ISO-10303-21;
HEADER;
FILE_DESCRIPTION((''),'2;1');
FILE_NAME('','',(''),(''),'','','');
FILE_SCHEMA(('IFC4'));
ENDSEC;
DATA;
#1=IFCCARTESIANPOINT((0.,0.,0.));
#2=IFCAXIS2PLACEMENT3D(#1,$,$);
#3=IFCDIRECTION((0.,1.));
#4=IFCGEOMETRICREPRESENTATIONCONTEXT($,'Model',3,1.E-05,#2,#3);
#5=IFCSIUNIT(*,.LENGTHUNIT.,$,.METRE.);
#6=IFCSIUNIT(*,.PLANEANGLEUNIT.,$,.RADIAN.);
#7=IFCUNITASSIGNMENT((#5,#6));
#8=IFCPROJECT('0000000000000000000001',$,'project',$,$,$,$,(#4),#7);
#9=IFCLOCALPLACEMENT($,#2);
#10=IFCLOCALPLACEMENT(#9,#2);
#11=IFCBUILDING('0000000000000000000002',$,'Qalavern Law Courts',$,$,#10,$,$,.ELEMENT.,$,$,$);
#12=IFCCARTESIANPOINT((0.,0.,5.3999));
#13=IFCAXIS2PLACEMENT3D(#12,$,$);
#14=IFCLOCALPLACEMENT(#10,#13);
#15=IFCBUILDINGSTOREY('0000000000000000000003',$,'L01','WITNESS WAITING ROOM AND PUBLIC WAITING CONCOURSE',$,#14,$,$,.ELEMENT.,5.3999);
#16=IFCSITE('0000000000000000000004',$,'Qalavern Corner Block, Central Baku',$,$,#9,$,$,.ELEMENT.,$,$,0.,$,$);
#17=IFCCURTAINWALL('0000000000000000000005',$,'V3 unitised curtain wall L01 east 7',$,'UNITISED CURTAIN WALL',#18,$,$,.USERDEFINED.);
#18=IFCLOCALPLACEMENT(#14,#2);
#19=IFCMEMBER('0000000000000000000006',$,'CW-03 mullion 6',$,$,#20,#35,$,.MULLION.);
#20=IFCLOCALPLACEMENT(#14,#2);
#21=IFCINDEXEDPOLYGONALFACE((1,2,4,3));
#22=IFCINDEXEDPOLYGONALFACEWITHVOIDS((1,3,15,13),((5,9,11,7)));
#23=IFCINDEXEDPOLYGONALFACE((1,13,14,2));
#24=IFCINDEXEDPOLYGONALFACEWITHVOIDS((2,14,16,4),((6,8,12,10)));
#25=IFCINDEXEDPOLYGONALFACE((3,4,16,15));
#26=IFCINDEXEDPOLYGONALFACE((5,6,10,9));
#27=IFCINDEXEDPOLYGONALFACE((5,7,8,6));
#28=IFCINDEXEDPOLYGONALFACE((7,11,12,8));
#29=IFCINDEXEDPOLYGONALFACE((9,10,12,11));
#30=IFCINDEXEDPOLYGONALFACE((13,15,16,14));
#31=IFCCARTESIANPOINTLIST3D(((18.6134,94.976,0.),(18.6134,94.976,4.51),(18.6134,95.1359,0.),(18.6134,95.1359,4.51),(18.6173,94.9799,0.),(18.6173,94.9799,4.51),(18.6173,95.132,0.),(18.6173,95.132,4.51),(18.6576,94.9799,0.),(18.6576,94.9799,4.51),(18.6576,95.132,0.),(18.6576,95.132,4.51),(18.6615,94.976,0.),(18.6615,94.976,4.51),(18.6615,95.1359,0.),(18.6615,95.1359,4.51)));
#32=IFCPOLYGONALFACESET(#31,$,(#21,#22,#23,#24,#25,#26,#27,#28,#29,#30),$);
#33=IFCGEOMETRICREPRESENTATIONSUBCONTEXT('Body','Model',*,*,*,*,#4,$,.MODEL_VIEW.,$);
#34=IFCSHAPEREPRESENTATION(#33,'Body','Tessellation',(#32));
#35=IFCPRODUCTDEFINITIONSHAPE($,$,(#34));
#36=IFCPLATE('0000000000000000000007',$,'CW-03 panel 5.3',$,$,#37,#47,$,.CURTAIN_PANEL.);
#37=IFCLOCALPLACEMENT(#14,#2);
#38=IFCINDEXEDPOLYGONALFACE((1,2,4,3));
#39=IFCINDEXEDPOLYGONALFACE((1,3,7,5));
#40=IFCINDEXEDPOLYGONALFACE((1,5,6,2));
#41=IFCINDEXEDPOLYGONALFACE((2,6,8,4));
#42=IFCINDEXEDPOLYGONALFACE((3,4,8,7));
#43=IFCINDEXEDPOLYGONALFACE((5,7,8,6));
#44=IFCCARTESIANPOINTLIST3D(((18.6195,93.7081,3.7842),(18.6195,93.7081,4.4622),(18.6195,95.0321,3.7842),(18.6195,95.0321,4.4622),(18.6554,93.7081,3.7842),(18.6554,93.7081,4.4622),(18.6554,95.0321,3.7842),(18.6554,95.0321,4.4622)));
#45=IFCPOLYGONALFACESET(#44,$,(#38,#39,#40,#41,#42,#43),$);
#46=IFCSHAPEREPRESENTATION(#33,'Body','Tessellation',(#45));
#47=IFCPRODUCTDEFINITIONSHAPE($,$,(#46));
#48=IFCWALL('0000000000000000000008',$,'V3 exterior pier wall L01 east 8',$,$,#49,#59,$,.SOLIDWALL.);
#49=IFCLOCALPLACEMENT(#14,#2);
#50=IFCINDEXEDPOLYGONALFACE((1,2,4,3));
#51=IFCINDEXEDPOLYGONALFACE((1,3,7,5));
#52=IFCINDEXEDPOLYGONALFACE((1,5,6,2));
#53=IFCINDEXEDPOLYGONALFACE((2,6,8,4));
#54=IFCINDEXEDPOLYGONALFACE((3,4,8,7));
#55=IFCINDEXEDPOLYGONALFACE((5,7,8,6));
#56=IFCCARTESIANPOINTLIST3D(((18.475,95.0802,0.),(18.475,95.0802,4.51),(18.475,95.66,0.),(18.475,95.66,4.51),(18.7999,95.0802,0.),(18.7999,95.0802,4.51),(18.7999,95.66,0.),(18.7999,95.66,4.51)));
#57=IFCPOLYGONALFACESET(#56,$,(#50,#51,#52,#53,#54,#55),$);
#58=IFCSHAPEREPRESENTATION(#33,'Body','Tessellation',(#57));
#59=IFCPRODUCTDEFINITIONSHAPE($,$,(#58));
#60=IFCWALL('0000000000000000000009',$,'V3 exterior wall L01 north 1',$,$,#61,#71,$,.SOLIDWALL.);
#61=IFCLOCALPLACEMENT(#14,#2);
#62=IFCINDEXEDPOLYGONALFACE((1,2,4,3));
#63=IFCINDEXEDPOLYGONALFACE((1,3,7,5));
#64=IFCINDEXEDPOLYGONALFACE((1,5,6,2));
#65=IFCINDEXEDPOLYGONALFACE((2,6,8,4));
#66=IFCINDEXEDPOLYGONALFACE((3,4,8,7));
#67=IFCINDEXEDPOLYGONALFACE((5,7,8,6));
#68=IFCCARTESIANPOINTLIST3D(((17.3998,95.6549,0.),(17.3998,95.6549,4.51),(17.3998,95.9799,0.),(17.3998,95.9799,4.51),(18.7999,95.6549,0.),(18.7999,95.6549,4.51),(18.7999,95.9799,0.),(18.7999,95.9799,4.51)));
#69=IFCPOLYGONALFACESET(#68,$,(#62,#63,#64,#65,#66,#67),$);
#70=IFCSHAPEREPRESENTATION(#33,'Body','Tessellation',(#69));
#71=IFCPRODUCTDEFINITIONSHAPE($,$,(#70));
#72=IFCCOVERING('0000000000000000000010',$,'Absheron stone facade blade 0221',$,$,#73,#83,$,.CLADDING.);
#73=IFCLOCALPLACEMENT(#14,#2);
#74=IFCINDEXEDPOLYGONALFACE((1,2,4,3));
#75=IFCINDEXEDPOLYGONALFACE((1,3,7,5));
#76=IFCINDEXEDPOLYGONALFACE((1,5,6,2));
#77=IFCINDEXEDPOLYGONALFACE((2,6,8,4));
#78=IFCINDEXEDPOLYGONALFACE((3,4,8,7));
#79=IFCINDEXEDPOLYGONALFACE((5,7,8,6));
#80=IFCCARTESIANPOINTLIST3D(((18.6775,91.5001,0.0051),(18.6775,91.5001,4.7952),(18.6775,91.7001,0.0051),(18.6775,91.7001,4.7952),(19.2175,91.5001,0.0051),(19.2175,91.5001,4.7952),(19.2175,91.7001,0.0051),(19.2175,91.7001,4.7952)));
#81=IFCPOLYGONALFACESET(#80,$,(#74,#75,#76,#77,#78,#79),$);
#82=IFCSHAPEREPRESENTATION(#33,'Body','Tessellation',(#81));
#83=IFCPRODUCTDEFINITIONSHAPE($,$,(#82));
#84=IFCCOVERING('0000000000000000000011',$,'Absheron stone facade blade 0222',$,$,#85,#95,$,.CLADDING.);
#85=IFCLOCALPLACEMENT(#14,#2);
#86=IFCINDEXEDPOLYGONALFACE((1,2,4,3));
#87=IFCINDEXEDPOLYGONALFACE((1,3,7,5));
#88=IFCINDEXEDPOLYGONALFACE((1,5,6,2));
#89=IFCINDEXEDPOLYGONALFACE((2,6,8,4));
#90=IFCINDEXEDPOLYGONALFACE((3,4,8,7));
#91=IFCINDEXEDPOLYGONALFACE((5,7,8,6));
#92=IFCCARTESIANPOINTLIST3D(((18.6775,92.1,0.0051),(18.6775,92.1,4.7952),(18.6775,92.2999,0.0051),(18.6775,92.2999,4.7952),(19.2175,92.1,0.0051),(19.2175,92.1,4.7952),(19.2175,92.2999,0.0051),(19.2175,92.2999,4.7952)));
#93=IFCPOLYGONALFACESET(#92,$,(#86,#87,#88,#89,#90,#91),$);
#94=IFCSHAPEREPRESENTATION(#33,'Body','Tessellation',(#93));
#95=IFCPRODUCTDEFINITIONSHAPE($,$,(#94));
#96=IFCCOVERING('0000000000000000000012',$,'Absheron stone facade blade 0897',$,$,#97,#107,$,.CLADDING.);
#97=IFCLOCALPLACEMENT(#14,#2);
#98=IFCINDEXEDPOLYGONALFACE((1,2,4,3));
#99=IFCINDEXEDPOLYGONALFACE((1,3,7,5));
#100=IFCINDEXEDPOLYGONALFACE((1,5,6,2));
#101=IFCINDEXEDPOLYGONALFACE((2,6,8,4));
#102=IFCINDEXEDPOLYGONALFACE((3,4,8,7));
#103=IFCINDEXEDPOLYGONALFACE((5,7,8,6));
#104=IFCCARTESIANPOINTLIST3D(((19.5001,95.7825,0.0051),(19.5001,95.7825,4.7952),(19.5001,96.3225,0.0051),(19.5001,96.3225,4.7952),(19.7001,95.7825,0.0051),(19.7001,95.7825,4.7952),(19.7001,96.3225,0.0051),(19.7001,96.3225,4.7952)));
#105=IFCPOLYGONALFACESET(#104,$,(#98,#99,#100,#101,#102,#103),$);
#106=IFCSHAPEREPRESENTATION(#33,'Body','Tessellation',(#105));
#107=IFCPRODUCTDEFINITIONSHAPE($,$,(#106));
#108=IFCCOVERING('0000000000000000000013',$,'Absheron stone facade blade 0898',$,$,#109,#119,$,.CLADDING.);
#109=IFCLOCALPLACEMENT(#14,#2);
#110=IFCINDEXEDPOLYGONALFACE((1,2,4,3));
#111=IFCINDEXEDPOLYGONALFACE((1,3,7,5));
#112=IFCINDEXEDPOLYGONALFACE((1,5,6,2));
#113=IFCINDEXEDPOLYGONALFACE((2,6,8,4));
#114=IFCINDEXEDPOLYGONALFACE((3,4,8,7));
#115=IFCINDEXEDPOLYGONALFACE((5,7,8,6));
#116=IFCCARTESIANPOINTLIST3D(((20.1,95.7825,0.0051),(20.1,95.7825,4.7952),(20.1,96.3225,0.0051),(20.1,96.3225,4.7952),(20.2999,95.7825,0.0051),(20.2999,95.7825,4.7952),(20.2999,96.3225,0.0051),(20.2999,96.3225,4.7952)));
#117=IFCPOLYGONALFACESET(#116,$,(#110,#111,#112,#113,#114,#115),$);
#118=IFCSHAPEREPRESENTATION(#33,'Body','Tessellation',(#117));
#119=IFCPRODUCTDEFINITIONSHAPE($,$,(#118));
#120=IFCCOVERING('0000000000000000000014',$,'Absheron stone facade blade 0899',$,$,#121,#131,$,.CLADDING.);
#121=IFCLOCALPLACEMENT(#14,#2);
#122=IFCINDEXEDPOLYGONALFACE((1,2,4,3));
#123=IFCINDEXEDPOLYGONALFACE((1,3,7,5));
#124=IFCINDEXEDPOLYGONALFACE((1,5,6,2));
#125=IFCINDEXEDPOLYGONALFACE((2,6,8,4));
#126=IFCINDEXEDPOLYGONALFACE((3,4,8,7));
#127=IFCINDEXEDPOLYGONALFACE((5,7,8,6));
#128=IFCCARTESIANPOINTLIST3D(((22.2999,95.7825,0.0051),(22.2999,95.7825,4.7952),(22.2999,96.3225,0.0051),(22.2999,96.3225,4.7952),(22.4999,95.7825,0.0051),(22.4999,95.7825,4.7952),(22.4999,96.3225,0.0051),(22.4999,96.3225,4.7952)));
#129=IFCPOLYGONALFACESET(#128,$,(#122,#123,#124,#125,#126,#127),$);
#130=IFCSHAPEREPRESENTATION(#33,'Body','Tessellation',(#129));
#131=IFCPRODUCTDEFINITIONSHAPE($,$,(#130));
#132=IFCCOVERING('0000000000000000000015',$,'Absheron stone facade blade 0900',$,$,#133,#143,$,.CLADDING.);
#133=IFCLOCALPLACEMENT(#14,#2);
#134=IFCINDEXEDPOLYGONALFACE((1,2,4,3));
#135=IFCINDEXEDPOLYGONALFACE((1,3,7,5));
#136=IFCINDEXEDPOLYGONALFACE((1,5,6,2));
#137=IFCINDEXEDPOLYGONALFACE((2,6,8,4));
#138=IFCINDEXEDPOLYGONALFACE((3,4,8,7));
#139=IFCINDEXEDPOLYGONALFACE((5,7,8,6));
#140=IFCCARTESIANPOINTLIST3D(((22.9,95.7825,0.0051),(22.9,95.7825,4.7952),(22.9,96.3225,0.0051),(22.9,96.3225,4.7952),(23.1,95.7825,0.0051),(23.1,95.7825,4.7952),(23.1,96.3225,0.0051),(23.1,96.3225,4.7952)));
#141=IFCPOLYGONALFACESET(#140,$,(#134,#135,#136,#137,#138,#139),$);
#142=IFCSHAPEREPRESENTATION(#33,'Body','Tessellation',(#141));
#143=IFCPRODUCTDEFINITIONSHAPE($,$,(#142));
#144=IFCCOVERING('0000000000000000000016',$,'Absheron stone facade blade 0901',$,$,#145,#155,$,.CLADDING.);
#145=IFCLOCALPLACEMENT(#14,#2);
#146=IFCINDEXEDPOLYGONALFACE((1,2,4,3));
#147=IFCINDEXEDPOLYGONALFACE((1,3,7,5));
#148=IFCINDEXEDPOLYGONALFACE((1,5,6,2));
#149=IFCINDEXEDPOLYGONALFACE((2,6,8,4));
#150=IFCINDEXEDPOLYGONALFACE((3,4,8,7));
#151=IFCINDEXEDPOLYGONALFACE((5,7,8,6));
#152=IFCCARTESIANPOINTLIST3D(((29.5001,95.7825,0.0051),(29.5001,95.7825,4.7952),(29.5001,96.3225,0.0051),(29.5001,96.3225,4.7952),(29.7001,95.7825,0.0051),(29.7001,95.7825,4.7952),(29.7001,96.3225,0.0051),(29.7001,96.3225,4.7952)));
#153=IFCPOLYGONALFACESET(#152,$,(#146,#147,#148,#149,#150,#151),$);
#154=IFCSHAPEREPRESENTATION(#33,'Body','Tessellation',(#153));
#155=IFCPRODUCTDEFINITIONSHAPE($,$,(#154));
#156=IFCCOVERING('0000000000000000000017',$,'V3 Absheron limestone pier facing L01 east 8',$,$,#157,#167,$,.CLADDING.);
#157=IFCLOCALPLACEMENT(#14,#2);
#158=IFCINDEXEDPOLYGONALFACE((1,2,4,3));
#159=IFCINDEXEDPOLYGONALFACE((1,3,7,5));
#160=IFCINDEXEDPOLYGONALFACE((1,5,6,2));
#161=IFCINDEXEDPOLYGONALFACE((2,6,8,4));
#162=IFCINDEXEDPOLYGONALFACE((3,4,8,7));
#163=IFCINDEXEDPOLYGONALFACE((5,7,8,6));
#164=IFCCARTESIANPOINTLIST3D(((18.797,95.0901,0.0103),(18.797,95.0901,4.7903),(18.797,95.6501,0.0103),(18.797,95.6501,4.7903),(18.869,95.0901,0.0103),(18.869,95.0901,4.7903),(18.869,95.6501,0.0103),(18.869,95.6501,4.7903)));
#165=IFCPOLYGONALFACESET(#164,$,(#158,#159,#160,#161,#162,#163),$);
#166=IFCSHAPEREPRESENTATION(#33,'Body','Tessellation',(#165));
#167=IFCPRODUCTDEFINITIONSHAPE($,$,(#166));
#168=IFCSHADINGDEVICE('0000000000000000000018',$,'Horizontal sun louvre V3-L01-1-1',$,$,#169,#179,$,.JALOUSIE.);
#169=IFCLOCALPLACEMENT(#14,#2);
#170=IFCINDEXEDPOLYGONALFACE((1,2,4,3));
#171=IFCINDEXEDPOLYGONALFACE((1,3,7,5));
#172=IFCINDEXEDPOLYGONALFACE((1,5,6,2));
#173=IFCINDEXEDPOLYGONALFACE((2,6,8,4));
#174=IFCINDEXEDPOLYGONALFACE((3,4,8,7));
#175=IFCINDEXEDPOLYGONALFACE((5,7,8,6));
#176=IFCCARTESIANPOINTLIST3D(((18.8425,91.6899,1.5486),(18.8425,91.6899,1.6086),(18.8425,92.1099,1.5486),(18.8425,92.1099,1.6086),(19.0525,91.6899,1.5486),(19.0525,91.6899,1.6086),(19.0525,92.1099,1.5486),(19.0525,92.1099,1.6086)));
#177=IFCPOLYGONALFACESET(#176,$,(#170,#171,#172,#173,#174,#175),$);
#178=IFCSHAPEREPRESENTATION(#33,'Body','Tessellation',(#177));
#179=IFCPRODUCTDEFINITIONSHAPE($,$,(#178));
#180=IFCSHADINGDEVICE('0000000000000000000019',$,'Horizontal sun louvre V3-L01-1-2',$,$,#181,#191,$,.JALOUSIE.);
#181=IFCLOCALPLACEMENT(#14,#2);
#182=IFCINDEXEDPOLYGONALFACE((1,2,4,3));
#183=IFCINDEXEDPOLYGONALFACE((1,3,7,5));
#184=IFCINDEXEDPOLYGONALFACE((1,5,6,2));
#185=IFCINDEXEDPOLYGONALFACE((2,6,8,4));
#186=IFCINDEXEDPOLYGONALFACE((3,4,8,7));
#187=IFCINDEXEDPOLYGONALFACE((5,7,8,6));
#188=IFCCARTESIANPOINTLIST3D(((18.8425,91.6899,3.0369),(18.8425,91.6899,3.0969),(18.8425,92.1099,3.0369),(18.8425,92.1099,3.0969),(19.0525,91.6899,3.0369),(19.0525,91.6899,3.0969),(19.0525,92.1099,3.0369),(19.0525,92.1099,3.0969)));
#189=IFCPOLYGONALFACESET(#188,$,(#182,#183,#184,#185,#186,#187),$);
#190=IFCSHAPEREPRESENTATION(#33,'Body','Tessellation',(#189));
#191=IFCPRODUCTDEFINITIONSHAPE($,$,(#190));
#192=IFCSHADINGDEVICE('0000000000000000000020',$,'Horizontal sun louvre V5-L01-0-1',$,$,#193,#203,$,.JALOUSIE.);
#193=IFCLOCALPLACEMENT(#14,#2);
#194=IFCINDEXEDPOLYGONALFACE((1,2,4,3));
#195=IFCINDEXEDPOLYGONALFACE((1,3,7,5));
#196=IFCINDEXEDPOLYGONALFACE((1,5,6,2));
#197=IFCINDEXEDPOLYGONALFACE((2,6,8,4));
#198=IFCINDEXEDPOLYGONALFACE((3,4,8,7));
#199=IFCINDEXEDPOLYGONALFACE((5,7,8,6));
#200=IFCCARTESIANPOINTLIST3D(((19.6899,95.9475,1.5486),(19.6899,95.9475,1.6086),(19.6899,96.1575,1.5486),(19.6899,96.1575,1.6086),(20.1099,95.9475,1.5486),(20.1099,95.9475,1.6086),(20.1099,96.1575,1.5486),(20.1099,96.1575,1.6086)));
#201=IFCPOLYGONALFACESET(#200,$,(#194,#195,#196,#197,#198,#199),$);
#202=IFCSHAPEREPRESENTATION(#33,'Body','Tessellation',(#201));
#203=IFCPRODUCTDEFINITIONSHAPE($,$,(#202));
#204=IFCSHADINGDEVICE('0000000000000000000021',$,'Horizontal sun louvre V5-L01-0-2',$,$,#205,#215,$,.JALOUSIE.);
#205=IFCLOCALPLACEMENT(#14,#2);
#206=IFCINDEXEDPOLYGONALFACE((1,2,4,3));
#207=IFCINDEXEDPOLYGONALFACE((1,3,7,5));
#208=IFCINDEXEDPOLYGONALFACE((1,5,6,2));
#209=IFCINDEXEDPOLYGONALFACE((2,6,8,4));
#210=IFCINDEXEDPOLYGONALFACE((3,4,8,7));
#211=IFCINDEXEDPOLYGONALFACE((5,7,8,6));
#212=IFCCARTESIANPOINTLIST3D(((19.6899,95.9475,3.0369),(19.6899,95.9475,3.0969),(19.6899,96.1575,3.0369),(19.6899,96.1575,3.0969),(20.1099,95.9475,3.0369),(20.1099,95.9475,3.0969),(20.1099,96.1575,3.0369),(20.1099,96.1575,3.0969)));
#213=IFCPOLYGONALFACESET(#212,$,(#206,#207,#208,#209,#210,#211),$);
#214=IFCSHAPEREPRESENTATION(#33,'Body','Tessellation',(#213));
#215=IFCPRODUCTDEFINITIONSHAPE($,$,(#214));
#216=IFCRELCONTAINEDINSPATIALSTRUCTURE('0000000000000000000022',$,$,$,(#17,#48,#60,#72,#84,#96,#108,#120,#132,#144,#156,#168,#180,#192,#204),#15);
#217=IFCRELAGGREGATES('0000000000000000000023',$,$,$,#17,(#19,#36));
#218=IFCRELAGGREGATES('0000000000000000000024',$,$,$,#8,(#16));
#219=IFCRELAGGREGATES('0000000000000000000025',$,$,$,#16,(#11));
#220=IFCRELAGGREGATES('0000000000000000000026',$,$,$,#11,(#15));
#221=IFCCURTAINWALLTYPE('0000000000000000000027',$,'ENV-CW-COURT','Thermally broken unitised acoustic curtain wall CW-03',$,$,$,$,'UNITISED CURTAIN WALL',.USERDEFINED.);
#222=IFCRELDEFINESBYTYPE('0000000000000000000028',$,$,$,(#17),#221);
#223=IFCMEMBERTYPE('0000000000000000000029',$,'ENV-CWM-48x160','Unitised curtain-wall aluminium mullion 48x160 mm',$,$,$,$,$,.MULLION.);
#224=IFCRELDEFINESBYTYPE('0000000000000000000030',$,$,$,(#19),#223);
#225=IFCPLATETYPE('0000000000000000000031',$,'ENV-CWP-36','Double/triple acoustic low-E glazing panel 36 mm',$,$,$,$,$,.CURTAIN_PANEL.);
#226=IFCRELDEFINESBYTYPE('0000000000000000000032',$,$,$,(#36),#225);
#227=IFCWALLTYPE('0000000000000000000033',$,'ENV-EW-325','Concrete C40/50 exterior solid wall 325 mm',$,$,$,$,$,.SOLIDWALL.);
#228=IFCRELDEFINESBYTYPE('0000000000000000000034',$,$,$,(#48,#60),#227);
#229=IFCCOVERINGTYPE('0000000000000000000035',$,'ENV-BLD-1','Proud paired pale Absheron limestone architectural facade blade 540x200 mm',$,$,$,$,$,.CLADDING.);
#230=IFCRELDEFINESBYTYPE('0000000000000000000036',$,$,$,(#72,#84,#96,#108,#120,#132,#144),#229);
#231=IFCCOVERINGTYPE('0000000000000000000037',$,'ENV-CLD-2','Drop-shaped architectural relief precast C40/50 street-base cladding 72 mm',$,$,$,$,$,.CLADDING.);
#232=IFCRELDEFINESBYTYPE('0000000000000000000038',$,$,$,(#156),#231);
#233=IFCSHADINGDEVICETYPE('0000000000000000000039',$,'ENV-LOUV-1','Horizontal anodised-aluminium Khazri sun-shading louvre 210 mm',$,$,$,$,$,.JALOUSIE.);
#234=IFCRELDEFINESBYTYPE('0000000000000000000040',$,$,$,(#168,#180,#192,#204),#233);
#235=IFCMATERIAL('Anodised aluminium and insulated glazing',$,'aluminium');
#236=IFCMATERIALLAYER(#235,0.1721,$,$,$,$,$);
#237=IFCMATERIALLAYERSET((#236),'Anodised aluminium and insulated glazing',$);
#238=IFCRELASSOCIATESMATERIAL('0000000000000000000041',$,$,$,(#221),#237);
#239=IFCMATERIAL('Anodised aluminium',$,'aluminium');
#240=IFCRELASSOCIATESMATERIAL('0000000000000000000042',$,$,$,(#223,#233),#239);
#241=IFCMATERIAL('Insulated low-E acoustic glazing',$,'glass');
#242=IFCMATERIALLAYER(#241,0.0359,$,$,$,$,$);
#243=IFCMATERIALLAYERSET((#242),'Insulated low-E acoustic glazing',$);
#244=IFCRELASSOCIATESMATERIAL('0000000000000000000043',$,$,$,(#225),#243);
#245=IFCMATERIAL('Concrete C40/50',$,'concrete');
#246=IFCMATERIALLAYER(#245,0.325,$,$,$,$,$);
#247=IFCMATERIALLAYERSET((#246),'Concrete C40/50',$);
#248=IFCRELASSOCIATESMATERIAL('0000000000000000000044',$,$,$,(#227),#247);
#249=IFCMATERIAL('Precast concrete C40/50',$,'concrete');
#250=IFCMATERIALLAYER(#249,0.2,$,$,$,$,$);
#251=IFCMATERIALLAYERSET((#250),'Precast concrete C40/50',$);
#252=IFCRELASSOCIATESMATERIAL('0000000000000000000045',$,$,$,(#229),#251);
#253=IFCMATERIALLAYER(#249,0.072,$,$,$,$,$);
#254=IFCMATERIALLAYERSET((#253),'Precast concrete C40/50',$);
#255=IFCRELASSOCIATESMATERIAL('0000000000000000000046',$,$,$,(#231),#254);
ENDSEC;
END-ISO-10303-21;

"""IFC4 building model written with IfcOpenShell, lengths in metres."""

from ifc_helpers import new_model, si_unit, direction, frame, frame_2d, origin, origin_2d, place, context, subcontext, project, spatial, rectangle, hollow_rectangle, extrude, material, layer, layer_set, material_profile, profile_set, type_object, element, aggregate, save


model = new_model("IFC4")

# Units and contexts
model_context = context("Model", 3, precision=1e-05, world=origin(), true_north=direction((0.0, 1.0)))
body_context = subcontext(model_context, "Body", "Model", "MODEL_VIEW")
ifc_project = project(units=[si_unit("LENGTHUNIT", "METRE"), si_unit("PLANEANGLEUNIT", "RADIAN")], contexts=[model_context])

# Site, building, storey
site_placement = place(None, origin())
site = spatial("IfcSite", under=ifc_project, at=site_placement, Name="Qalavern Corner Block, Central Baku", CompositionType="ELEMENT", RefElevation=0.0)
building_placement = place(site_placement, origin())
building = spatial("IfcBuilding", under=site, at=building_placement, Name="Qalavern Law Courts", CompositionType="ELEMENT")
storey_placement = place(building_placement, frame((0.0, 0.0, 5.3999)))
storey = spatial("IfcBuildingStorey", under=building, at=storey_placement, Name="L01", Description="WITNESS WAITING ROOM AND PUBLIC WAITING CONCOURSE", CompositionType="ELEMENT", Elevation=5.3999)

# Curtain wall, member, plate
ifc_material_1 = material(Name="Anodised aluminium and insulated glazing", Category="aluminium")
ifc_layer_1 = layer(ifc_material_1, 0.1721)
ifc_layer_set_1 = layer_set([ifc_layer_1], Name="Anodised aluminium and insulated glazing")
curtain_wall_type = type_object("IfcCurtainWallType", Name="ENV-CW-COURT", Description="Thermally broken unitised acoustic curtain wall CW-03", ElementType="UNITISED CURTAIN WALL", PredefinedType="USERDEFINED", material=ifc_layer_set_1)
curtain_wall_placement = place(storey_placement, origin())
curtain_wall = element("IfcCurtainWall", 1, at=curtain_wall_placement, inside=storey, type_object=curtain_wall_type, Name="V3 unitised curtain wall L01 east 7", ObjectType="UNITISED CURTAIN WALL", PredefinedType="USERDEFINED")
ifc_material_2 = material(Name="Anodised aluminium", Category="aluminium")
ifc_material_profile = material_profile(ifc_material_2, hollow_rectangle(XDim=0.0481, YDim=0.1599, WallThickness=0.0039, at=origin_2d()), Name="ALU MULLION 48x160")
ifc_profile_set = profile_set([ifc_material_profile], Name="Anodised aluminium")
member_type = type_object("IfcMemberType", Name="ENV-CWM-48x160", Description="Unitised curtain-wall aluminium mullion 48x160 mm", PredefinedType="MULLION", material=ifc_profile_set)
member_placement = place(storey_placement, frame((18.6375, 95.0559, 0.0), z_axis=(0.0, 0.0, 1.0), x_axis=(-1.0, 0.0, 0.0)))
member = element("IfcMember", 2, at=member_placement, type_object=member_type, Name="CW-03 mullion 6", PredefinedType="MULLION", context=body_context, shape_type="SweptSolid", body=[
    extrude(hollow_rectangle(XDim=0.0481, YDim=0.1599, WallThickness=0.0039, at=origin_2d()), origin(), (0.0, 0.0, 1.0), 4.51),
])
ifc_material_3 = material(Name="Insulated low-E acoustic glazing", Category="glass")
ifc_layer_2 = layer(ifc_material_3, 0.0359)
ifc_layer_set_2 = layer_set([ifc_layer_2], Name="Insulated low-E acoustic glazing")
plate_type = type_object("IfcPlateType", Name="ENV-CWP-36", Description="Double/triple acoustic low-E glazing panel 36 mm", PredefinedType="CURTAIN_PANEL", material=ifc_layer_set_2)
plate_placement = place(storey_placement, frame((18.6375, 94.3701, 3.7842), z_axis=(0.0, 0.0, 1.0), x_axis=(0.0, 1.0, 0.0)))
plate = element("IfcPlate", 3, at=plate_placement, type_object=plate_type, Name="CW-03 panel 5.3", PredefinedType="CURTAIN_PANEL", context=body_context, shape_type="SweptSolid", body=[
    extrude(rectangle(XDim=1.324, YDim=0.0359, at=origin_2d()), origin(), (0.0, 0.0, 1.0), 0.678),
])
aggregate(curtain_wall, [member, plate])

# Walls
ifc_material_4 = material(Name="Concrete C40/50", Category="concrete")
ifc_layer_3 = layer(ifc_material_4, 0.325)
ifc_layer_set_3 = layer_set([ifc_layer_3], Name="Concrete C40/50")
wall_type = type_object("IfcWallType", Name="ENV-EW-325", Description="Concrete C40/50 exterior solid wall 325 mm", PredefinedType="SOLIDWALL", material=ifc_layer_set_3)
wall_1_placement = place(storey_placement, frame((18.6375, 95.0801, 0.0), z_axis=(0.0, 0.0, 1.0), x_axis=(0.0, 1.0, 0.0)))
element("IfcWall", 4, at=wall_1_placement, inside=storey, type_object=wall_type, Name="V3 exterior pier wall L01 east 8", PredefinedType="SOLIDWALL", context=body_context, shape_type="SweptSolid", body=[
    extrude(rectangle(XDim=0.5798, YDim=0.325, at=frame_2d((0.29, 0.0))), origin(), (0.0, 0.0, 1.0), 4.51),
])
wall_2_placement = place(storey_placement, frame((18.8, 95.8174, 0.0), z_axis=(0.0, 0.0, 1.0), x_axis=(-1.0, 0.0, 0.0)))
element("IfcWall", 5, at=wall_2_placement, inside=storey, type_object=wall_type, Name="V3 exterior wall L01 north 1", PredefinedType="SOLIDWALL", context=body_context, shape_type="SweptSolid", body=[
    extrude(rectangle(XDim=1.4001, YDim=0.325, at=frame_2d((0.7002, 0.0))), origin(), (0.0, 0.0, 1.0), 4.51),
])

# Coverings
ifc_material_5 = material(Name="Precast concrete C40/50", Category="concrete")
ifc_layer_4 = layer(ifc_material_5, 0.2)
ifc_layer_set_4 = layer_set([ifc_layer_4], Name="Precast concrete C40/50")
covering_type_1 = type_object("IfcCoveringType", Name="ENV-BLD-1", Description="Proud paired pale Absheron limestone architectural facade blade 540x200 mm", PredefinedType="CLADDING", material=ifc_layer_set_4)
for number, where, z_axis, x_axis, name in (
    (6, (18.9475, 91.6001, 0.0051), (0.0, 0.0, 1.0), (1.0, 0.0, 0.0), "Absheron stone facade blade 0221"),
    (7, (18.9475, 92.2, 0.0051), (0.0, 0.0, 1.0), (1.0, 0.0, 0.0), "Absheron stone facade blade 0222"),
    (8, (19.6001, 96.0525, 0.0051), (0.0, 0.0, 1.0), (0.0, -1.0, 0.0), "Absheron stone facade blade 0897"),
    (9, (20.2, 96.0525, 0.0051), (0.0, 0.0, 1.0), (0.0, -1.0, 0.0), "Absheron stone facade blade 0898"),
    (10, (22.3999, 96.0525, 0.0051), (0.0, 0.0, 1.0), (0.0, -1.0, 0.0), "Absheron stone facade blade 0899"),
    (11, (23.0, 96.0525, 0.0051), (0.0, 0.0, 1.0), (0.0, -1.0, 0.0), "Absheron stone facade blade 0900"),
    (12, (29.6001, 96.0525, 0.0051), (0.0, 0.0, 1.0), (0.0, -1.0, 0.0), "Absheron stone facade blade 0901"),
):
    element("IfcCovering", number, at=place(storey_placement, frame(where, z_axis=z_axis, x_axis=x_axis)), inside=storey, type_object=covering_type_1, Name=name, PredefinedType="CLADDING", context=body_context, shape_type="SweptSolid", body=[
        extrude(rectangle(XDim=0.54, YDim=0.2, at=origin_2d()), origin(), (0.0, 0.0, 1.0), 4.79),
    ])
ifc_layer_5 = layer(ifc_material_5, 0.072)
ifc_layer_set_5 = layer_set([ifc_layer_5], Name="Precast concrete C40/50")
covering_type_2 = type_object("IfcCoveringType", Name="ENV-CLD-2", Description="Drop-shaped architectural relief precast C40/50 street-base cladding 72 mm", PredefinedType="CLADDING", material=ifc_layer_set_5)
covering_placement = place(storey_placement, frame((18.833, 95.3701, 0.0103), z_axis=(0.0, 0.0, 1.0), x_axis=(0.0, 1.0, 0.0)))
element("IfcCovering", 13, at=covering_placement, inside=storey, type_object=covering_type_2, Name="V3 Absheron limestone pier facing L01 east 8", PredefinedType="CLADDING", context=body_context, shape_type="SweptSolid", body=[
    extrude(rectangle(XDim=0.5601, YDim=0.072, at=origin_2d()), origin(), (0.0, 0.0, 1.0), 4.78),
])

# Shading devices
shading_device_type_1 = type_object("IfcShadingDeviceType", Name="ENV-LOUV-1", Description="Horizontal anodised-aluminium Khazri sun-shading louvre 210 mm", PredefinedType="JALOUSIE", material=ifc_material_2)
for number, where, z_axis, x_axis, name in (
    (14, (18.9475, 91.8999, 1.5486), (0.0, 0.0, 1.0), (0.0, 1.0, 0.0), "Horizontal sun louvre V3-L01-1-1"),
    (15, (18.9475, 91.8999, 3.0369), (0.0, 0.0, 1.0), (0.0, 1.0, 0.0), "Horizontal sun louvre V3-L01-1-2"),
    (16, (19.8999, 96.0525, 1.5486), (0.0, 0.0, 1.0), (1.0, 0.0, 0.0), "Horizontal sun louvre V5-L01-0-1"),
    (17, (19.8999, 96.0525, 3.0369), (0.0, 0.0, 1.0), (1.0, 0.0, 0.0), "Horizontal sun louvre V5-L01-0-2"),
):
    element("IfcShadingDevice", number, at=place(storey_placement, frame(where, z_axis=z_axis, x_axis=x_axis)), inside=storey, type_object=shading_device_type_1, Name=name, PredefinedType="JALOUSIE", context=body_context, shape_type="SweptSolid", body=[
        extrude(rectangle(XDim=0.4199, YDim=0.21, at=origin_2d()), origin(), (0.0, 0.0, 1.0), 0.0601),
    ])

save(model, "model.ifc")
